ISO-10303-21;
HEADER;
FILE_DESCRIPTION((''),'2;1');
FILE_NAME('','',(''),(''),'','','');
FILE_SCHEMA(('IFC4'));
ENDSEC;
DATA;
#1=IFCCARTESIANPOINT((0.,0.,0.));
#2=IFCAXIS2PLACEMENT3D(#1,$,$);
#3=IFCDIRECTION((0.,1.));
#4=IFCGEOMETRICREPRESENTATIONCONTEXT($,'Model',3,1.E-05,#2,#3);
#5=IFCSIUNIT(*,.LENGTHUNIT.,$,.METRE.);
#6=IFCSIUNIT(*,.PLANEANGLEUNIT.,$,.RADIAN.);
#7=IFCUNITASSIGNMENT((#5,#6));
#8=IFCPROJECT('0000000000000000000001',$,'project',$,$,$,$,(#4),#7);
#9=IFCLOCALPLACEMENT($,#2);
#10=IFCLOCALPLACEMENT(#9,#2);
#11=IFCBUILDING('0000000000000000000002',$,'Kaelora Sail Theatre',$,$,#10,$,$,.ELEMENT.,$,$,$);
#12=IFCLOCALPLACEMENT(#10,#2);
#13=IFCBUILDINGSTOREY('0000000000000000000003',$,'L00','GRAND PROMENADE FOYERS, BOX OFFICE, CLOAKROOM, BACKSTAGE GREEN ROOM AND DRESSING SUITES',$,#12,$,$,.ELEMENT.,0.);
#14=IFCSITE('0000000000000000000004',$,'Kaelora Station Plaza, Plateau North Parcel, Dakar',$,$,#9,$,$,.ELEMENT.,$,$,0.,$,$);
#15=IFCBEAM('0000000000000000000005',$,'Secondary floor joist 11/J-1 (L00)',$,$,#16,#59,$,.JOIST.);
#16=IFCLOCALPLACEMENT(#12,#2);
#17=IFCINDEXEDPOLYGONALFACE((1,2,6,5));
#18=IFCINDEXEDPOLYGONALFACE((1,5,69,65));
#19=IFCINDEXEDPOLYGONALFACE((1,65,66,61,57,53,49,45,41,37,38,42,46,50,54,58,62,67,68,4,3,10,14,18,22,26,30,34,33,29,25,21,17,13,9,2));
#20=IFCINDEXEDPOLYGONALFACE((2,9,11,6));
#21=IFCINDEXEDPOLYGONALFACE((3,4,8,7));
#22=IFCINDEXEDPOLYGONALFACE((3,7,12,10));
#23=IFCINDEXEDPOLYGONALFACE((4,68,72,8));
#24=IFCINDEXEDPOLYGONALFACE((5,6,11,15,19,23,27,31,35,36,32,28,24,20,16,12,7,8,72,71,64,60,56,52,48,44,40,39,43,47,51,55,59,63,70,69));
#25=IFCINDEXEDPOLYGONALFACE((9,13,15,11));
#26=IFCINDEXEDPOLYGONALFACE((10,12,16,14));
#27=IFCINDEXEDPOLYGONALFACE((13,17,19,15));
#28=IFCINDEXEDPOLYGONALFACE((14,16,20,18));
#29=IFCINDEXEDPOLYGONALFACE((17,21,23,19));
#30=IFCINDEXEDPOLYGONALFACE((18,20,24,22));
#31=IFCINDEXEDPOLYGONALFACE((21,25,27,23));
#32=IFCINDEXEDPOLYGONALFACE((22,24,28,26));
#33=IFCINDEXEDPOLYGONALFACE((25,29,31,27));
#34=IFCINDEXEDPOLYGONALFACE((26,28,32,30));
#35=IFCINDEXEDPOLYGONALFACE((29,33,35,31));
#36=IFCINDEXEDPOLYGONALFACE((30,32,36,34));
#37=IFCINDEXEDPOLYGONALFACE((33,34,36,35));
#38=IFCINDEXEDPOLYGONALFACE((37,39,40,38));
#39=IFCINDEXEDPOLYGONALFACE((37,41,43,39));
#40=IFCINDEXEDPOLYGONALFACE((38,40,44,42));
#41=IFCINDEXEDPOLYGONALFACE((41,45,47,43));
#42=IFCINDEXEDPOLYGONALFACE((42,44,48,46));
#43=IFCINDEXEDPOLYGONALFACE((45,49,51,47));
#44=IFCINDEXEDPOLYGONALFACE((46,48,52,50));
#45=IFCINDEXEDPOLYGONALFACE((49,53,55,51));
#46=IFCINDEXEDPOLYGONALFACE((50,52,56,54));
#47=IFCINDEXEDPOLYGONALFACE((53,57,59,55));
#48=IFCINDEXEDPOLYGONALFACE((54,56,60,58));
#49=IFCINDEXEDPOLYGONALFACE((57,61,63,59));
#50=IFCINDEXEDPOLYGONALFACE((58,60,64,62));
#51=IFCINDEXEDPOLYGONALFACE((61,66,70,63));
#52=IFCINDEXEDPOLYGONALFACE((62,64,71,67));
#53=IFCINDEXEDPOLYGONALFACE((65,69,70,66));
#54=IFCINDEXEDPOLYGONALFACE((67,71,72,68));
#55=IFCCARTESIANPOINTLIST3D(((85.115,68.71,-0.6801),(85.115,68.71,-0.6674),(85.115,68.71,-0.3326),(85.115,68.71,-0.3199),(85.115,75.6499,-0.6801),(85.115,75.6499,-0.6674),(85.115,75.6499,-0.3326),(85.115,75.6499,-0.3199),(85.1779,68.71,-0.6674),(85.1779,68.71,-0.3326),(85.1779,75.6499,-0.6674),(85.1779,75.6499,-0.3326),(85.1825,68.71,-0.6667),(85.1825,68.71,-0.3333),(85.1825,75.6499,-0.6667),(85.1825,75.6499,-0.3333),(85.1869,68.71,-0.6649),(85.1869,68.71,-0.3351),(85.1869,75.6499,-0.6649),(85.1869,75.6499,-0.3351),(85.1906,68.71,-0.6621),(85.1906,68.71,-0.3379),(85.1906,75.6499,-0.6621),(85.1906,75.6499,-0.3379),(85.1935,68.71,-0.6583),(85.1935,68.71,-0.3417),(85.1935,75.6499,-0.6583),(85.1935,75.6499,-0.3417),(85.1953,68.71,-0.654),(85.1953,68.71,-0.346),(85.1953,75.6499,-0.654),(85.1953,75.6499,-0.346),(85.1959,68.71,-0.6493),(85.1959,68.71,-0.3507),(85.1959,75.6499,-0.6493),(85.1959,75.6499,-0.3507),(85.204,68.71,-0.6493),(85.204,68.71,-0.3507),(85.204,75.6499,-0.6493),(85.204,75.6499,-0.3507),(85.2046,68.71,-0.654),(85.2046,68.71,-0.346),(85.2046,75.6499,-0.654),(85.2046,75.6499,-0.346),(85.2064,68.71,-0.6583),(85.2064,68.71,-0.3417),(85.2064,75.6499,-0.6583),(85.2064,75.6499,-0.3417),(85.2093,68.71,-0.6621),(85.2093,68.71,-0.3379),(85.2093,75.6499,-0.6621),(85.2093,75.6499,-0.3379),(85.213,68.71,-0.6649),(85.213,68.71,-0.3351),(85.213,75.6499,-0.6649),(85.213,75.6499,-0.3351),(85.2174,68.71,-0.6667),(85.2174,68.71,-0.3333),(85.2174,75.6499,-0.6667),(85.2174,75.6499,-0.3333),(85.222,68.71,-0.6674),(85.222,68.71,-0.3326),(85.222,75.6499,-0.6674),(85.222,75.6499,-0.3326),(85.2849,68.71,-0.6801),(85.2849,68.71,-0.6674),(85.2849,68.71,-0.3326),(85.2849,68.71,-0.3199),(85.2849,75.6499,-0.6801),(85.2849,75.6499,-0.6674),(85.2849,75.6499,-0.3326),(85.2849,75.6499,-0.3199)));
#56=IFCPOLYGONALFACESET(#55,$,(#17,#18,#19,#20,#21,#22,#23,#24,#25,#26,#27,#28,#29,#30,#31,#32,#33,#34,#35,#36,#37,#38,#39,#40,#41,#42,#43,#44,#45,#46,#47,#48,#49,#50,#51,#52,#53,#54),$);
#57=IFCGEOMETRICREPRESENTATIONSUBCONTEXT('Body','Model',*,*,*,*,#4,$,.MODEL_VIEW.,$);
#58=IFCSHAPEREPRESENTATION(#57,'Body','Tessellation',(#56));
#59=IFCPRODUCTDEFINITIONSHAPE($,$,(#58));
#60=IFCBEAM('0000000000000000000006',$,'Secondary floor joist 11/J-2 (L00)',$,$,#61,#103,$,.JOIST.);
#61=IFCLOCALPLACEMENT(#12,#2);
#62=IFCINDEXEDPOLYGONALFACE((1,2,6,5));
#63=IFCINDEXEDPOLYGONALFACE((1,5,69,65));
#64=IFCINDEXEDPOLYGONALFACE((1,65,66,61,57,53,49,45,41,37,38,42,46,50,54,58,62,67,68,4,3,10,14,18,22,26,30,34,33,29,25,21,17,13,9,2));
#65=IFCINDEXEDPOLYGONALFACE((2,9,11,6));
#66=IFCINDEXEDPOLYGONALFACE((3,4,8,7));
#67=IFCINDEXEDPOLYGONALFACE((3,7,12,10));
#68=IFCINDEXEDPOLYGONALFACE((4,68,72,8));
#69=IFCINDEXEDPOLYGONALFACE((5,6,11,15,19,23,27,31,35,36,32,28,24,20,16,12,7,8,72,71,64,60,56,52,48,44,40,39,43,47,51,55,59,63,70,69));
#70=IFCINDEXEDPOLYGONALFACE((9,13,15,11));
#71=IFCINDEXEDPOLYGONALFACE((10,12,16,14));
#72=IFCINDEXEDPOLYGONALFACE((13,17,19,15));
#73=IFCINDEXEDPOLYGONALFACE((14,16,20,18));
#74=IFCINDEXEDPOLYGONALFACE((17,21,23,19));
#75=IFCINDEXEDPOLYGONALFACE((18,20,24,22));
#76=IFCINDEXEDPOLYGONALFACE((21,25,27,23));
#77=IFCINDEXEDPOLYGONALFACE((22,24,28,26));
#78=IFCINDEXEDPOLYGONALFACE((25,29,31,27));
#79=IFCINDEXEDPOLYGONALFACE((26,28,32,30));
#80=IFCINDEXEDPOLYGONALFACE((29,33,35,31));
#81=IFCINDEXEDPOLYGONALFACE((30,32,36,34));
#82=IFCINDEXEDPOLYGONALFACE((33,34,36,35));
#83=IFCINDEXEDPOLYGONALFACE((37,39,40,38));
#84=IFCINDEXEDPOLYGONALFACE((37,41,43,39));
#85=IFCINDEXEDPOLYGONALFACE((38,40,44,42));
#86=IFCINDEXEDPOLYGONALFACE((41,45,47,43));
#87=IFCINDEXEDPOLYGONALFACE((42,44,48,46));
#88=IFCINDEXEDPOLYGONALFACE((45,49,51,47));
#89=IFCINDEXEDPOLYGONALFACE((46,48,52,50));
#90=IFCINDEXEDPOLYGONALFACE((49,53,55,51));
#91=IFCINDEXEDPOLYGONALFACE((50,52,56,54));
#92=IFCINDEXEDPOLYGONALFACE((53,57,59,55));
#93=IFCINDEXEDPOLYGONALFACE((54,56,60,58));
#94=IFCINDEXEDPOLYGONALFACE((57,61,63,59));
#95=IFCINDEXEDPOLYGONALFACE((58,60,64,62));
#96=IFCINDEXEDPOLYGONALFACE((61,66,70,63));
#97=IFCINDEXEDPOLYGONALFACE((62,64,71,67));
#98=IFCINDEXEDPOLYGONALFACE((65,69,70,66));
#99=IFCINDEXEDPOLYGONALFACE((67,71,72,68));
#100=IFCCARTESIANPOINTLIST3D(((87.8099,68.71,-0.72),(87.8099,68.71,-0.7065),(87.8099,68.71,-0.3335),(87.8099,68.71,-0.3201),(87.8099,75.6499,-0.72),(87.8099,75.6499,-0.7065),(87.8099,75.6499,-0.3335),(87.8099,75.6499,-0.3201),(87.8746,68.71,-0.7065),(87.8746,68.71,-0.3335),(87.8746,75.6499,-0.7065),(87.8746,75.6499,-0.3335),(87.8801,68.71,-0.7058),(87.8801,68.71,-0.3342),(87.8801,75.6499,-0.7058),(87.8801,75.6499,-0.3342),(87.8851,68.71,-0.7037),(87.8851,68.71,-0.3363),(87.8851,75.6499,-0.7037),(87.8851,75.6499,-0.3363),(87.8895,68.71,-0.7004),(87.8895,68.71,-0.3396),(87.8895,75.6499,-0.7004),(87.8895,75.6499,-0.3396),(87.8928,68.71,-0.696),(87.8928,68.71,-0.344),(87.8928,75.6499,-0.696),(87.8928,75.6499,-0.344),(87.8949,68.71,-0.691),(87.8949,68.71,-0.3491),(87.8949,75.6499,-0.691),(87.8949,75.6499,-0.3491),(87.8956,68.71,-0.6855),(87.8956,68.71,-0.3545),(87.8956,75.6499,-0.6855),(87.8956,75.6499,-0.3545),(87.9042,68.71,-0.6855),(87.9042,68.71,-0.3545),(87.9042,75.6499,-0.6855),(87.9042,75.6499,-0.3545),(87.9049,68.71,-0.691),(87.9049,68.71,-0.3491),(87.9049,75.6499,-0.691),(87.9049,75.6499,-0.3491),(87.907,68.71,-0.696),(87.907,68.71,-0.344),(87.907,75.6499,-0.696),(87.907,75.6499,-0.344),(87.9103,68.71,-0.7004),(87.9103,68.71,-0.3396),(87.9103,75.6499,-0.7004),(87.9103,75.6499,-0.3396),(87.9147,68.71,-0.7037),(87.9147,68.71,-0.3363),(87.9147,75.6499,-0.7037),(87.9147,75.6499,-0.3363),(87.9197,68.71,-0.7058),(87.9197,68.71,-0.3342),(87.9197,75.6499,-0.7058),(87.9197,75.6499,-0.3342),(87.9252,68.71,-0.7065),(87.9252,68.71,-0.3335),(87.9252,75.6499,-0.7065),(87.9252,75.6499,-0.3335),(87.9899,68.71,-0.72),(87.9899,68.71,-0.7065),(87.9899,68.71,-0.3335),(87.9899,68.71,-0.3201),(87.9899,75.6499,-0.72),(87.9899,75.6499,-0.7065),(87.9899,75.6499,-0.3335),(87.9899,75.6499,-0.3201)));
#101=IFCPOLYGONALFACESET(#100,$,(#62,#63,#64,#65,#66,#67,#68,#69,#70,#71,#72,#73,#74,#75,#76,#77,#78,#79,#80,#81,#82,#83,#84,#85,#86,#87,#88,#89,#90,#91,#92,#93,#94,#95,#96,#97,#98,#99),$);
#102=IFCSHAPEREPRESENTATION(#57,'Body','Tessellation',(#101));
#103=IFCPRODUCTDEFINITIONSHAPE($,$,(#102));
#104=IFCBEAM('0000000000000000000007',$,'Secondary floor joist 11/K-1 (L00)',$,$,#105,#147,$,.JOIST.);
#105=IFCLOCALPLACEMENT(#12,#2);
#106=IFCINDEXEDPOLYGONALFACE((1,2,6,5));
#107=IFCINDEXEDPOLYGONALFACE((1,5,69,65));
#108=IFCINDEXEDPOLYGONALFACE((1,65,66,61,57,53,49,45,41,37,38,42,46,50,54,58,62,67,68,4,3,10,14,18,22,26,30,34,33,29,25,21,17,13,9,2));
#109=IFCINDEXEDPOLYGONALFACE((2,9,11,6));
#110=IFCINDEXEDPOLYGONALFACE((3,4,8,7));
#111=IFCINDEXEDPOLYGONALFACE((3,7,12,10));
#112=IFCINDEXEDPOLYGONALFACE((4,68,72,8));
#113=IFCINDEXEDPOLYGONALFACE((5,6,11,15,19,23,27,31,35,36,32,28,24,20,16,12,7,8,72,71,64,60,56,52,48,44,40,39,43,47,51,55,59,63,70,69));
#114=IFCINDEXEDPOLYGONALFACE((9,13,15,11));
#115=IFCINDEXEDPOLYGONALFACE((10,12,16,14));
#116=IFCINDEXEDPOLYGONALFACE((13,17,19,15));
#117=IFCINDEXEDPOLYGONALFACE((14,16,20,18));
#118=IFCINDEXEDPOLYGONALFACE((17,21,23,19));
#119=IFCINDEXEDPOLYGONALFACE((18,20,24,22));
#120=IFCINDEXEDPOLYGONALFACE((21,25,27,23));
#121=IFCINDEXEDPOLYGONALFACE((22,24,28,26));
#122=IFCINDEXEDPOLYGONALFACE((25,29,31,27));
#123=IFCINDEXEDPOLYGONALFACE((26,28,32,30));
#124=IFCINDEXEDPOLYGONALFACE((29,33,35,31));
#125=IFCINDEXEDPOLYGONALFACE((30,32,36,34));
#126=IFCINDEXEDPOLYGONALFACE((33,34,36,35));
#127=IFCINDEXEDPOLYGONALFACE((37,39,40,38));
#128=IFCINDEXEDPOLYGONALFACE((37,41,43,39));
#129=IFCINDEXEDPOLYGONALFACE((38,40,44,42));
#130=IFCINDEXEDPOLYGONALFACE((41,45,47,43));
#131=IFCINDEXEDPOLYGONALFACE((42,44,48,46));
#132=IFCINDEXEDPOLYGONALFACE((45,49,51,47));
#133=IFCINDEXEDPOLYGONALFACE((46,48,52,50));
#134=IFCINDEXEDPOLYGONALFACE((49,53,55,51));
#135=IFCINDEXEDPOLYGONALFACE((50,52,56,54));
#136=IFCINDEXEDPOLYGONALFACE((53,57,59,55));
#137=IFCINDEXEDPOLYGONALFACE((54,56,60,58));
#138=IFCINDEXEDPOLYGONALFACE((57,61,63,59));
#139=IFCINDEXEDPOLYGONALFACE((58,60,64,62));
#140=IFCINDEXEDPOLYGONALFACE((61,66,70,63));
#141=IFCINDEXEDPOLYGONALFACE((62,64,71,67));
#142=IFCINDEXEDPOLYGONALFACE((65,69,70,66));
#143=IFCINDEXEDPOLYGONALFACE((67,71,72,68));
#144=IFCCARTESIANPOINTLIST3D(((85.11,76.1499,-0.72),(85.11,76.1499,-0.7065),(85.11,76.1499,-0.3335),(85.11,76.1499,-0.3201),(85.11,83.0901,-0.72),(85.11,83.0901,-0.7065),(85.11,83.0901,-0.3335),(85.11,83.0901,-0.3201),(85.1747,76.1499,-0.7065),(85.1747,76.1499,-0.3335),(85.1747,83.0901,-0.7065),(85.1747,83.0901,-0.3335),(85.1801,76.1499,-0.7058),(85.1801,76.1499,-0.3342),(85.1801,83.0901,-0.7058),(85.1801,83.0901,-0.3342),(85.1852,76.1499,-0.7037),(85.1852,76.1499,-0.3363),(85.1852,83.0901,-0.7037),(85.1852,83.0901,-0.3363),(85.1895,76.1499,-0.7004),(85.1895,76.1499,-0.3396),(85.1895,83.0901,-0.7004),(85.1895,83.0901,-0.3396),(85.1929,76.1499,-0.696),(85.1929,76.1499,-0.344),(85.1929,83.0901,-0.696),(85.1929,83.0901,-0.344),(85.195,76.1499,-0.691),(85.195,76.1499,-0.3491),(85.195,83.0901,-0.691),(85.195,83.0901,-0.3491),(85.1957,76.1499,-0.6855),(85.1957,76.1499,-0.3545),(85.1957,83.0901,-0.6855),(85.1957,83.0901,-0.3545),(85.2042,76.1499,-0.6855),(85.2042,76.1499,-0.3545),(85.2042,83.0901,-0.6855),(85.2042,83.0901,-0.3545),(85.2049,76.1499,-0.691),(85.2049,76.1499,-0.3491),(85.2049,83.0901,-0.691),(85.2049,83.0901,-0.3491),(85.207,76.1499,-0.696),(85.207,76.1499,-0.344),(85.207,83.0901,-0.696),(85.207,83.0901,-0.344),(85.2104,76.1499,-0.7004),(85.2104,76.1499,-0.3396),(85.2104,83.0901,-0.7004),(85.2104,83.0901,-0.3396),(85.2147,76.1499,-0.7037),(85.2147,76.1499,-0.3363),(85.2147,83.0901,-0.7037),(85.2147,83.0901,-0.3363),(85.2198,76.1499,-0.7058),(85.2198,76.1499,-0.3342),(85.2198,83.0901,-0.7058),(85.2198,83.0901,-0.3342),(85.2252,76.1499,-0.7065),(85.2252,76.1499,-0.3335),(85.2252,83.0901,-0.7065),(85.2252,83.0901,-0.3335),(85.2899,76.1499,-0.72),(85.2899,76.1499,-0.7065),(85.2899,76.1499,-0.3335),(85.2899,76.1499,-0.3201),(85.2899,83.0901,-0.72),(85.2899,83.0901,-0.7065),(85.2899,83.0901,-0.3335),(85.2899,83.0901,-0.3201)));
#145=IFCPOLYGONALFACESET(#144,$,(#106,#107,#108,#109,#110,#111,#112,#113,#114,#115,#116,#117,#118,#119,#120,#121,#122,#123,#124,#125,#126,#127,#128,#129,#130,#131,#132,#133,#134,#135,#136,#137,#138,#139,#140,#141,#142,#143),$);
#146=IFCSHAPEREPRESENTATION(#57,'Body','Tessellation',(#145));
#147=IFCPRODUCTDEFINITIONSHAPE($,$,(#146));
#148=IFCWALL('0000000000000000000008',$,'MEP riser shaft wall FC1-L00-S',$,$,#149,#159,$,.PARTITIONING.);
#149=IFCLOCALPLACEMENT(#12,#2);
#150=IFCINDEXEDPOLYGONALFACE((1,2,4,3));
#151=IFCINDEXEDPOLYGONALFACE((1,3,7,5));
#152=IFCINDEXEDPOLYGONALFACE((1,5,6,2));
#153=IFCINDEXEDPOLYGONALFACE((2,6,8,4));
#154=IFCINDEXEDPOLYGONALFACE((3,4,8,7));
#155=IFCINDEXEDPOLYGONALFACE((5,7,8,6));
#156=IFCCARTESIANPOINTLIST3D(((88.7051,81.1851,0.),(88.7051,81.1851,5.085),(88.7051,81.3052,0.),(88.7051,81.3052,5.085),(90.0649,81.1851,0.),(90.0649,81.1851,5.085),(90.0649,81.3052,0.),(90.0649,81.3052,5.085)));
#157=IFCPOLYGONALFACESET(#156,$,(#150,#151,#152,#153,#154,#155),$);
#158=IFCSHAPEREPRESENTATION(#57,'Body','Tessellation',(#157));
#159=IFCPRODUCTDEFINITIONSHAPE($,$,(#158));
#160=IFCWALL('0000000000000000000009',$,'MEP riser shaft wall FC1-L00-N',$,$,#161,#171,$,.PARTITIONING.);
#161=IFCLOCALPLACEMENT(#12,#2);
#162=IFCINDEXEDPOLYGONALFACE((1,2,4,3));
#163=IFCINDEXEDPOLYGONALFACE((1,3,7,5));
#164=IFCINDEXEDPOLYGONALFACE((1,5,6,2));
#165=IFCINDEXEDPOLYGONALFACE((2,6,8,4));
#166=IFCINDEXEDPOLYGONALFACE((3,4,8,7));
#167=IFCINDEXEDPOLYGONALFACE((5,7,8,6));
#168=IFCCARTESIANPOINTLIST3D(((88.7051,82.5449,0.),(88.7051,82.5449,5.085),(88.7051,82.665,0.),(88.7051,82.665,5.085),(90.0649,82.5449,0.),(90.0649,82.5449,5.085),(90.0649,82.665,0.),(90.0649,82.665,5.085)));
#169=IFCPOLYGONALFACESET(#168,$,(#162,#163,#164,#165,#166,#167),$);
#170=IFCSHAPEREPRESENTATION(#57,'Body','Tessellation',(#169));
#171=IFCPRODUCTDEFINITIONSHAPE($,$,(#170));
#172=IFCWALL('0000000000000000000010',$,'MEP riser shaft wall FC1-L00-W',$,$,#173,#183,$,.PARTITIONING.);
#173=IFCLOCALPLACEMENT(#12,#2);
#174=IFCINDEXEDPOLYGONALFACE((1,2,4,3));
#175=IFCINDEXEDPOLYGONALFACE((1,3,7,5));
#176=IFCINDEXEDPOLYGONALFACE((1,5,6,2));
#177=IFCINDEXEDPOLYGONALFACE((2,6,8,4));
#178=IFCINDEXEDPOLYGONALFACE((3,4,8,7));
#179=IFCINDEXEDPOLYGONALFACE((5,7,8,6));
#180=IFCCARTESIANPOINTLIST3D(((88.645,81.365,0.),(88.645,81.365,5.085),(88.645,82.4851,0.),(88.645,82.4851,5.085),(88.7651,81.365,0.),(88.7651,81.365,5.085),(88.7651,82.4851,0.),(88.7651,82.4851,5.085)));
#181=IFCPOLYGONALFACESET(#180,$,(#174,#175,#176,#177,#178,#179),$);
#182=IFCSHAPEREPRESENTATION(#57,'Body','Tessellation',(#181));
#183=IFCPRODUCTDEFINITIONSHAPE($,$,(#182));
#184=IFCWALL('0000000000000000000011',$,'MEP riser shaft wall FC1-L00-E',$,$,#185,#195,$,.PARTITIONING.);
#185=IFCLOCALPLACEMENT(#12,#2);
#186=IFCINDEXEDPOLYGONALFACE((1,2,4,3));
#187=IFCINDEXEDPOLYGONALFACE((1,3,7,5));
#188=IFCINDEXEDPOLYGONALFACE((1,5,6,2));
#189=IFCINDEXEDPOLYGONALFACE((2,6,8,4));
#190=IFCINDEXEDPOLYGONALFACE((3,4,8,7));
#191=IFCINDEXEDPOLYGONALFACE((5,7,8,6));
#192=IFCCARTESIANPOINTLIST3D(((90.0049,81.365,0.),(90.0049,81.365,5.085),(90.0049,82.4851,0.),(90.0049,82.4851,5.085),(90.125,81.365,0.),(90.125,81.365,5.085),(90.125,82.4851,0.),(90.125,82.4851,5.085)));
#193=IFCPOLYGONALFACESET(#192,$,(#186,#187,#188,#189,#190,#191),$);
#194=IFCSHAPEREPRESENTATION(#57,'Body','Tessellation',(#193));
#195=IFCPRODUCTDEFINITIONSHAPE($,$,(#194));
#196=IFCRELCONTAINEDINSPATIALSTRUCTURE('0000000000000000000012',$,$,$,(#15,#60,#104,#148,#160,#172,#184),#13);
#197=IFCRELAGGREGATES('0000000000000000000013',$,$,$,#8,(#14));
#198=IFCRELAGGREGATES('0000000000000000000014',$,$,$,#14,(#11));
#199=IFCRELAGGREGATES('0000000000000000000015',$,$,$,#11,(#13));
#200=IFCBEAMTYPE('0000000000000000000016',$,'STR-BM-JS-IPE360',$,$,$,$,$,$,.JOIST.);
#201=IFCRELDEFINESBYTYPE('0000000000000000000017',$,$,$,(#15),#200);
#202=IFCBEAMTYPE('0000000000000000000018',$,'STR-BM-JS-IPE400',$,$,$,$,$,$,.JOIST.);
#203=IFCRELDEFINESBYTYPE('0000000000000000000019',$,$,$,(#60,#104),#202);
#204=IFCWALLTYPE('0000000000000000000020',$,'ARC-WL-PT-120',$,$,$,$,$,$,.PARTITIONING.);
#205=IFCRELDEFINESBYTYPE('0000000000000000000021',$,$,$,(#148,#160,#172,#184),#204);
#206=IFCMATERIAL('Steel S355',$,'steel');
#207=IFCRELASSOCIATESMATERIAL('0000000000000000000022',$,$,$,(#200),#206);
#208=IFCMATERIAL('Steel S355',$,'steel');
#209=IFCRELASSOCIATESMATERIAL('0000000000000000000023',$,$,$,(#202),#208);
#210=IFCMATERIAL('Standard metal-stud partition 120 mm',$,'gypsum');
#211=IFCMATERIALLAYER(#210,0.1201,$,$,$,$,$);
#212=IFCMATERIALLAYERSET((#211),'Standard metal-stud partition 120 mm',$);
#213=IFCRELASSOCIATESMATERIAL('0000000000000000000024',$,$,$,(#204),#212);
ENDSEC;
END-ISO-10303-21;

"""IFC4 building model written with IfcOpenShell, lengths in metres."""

from ifc_helpers import new_model, si_unit, direction, frame, frame_2d, origin, origin_2d, place, context, subcontext, project, spatial, rectangle, i_section, extrude, material, layer, layer_set, material_profile, profile_set, type_object, element, save


model = new_model("IFC4")

# Units and contexts
model_context = context("Model", 3, precision=1e-05, world=origin(), true_north=direction((0.0, 1.0)))
body_context = subcontext(model_context, "Body", "Model", "MODEL_VIEW")
ifc_project = project(units=[si_unit("LENGTHUNIT", "METRE"), si_unit("PLANEANGLEUNIT", "RADIAN")], contexts=[model_context])

# Site, building, storey
site_placement = place(None, origin())
site = spatial("IfcSite", under=ifc_project, at=site_placement, Name="Kaelora Station Plaza, Plateau North Parcel, Dakar", CompositionType="ELEMENT", RefElevation=0.0)
building_placement = place(site_placement, origin())
building = spatial("IfcBuilding", under=site, at=building_placement, Name="Kaelora Sail Theatre", CompositionType="ELEMENT")
storey_placement = place(building_placement, origin())
storey = spatial("IfcBuildingStorey", under=building, at=storey_placement, Name="L00", Description="GRAND PROMENADE FOYERS, BOX OFFICE, CLOAKROOM, BACKSTAGE GREEN ROOM AND DRESSING SUITES", CompositionType="ELEMENT", Elevation=0.0)

# Beams
ifc_material_1 = material(Name="Steel S355", Category="steel")
ifc_material_profile_1 = material_profile(ifc_material_1, i_section(OverallWidth=0.1699, OverallDepth=0.3601, WebThickness=0.0081, FlangeThickness=0.0127, FilletRadius=0.0181, at=origin_2d()), Name="IPE 360")
ifc_profile_set_1 = profile_set([ifc_material_profile_1], Name="Steel S355")
beam_type_1 = type_object("IfcBeamType", Name="STR-BM-JS-IPE360", PredefinedType="JOIST", material=ifc_profile_set_1)
beam_1_placement = place(storey_placement, frame((85.2, 68.71, -0.5), z_axis=(0.0, 1.0, 0.0), x_axis=(-1.0, 0.0, 0.0)))
element("IfcBeam", 1, at=beam_1_placement, inside=storey, type_object=beam_type_1, Name="Secondary floor joist 11/J-1 (L00)", PredefinedType="JOIST", context=body_context, shape_type="SweptSolid", body=[
    extrude(i_section(OverallWidth=0.1699, OverallDepth=0.3601, WebThickness=0.0081, FlangeThickness=0.0127, FilletRadius=0.0181, at=origin_2d()), origin(), (0.0, 0.0, 1.0), 6.9399),
])
ifc_material_2 = material(Name="Steel S355", Category="steel")
ifc_material_profile_2 = material_profile(ifc_material_2, i_section(OverallWidth=0.1799, OverallDepth=0.3999, WebThickness=0.0085, FlangeThickness=0.0134, FilletRadius=0.021, at=origin_2d()), Name="IPE 400")
ifc_profile_set_2 = profile_set([ifc_material_profile_2], Name="Steel S355")
beam_type_2 = type_object("IfcBeamType", Name="STR-BM-JS-IPE400", PredefinedType="JOIST", material=ifc_profile_set_2)
beam_2_placement = place(storey_placement, frame((87.8999, 68.71, -0.52), z_axis=(0.0, 1.0, 0.0), x_axis=(-1.0, 0.0, 0.0)))
element("IfcBeam", 2, at=beam_2_placement, inside=storey, type_object=beam_type_2, Name="Secondary floor joist 11/J-2 (L00)", PredefinedType="JOIST", context=body_context, shape_type="SweptSolid", body=[
    extrude(i_section(OverallWidth=0.1799, OverallDepth=0.3999, WebThickness=0.0085, FlangeThickness=0.0134, FilletRadius=0.021, at=origin_2d()), origin(), (0.0, 0.0, 1.0), 6.9399),
])
beam_3_placement = place(storey_placement, frame((85.2, 76.1499, -0.52), z_axis=(0.0, 1.0, 0.0), x_axis=(-1.0, 0.0, 0.0)))
element("IfcBeam", 3, at=beam_3_placement, inside=storey, type_object=beam_type_2, Name="Secondary floor joist 11/K-1 (L00)", PredefinedType="JOIST", context=body_context, shape_type="SweptSolid", body=[
    extrude(i_section(OverallWidth=0.1799, OverallDepth=0.3999, WebThickness=0.0085, FlangeThickness=0.0134, FilletRadius=0.021, at=origin_2d()), origin(), (0.0, 0.0, 1.0), 6.9402),
])

# Walls
ifc_material_3 = material(Name="Standard metal-stud partition 120 mm", Category="gypsum")
ifc_layer_1 = layer(ifc_material_3, 0.1201)
ifc_layer_set_1 = layer_set([ifc_layer_1], Name="Standard metal-stud partition 120 mm")
wall_type_1 = type_object("IfcWallType", Name="ARC-WL-PT-120", PredefinedType="PARTITIONING", material=ifc_layer_set_1)
for number, where, z_axis, x_axis, name in (
    (4, (88.7051, 81.2451, 0.0), (0.0, 0.0, 1.0), (1.0, 0.0, 0.0), "MEP riser shaft wall FC1-L00-S"),
    (5, (88.7051, 82.605, 0.0), (0.0, 0.0, 1.0), (1.0, 0.0, 0.0), "MEP riser shaft wall FC1-L00-N"),
):
    element("IfcWall", number, at=place(storey_placement, frame(where, z_axis=z_axis, x_axis=x_axis)), inside=storey, type_object=wall_type_1, Name=name, PredefinedType="PARTITIONING", context=body_context, shape_type="SweptSolid", body=[
        extrude(rectangle(XDim=1.3599, YDim=0.1201, at=frame_2d((0.6799, 0.0))), origin(), (0.0, 0.0, 1.0), 5.085),
    ])
for number, where, z_axis, x_axis, name in (
    (6, (88.7051, 81.365, 0.0), (0.0, 0.0, 1.0), (0.0, 1.0, 0.0), "MEP riser shaft wall FC1-L00-W"),
    (7, (90.0649, 81.365, 0.0), (0.0, 0.0, 1.0), (0.0, 1.0, 0.0), "MEP riser shaft wall FC1-L00-E"),
):
    element("IfcWall", number, at=place(storey_placement, frame(where, z_axis=z_axis, x_axis=x_axis)), inside=storey, type_object=wall_type_1, Name=name, PredefinedType="PARTITIONING", context=body_context, shape_type="SweptSolid", body=[
        extrude(rectangle(XDim=1.1201, YDim=0.1201, at=frame_2d((0.5601, 0.0))), origin(), (0.0, 0.0, 1.0), 5.085),
    ])

save(model, "model.ifc")
